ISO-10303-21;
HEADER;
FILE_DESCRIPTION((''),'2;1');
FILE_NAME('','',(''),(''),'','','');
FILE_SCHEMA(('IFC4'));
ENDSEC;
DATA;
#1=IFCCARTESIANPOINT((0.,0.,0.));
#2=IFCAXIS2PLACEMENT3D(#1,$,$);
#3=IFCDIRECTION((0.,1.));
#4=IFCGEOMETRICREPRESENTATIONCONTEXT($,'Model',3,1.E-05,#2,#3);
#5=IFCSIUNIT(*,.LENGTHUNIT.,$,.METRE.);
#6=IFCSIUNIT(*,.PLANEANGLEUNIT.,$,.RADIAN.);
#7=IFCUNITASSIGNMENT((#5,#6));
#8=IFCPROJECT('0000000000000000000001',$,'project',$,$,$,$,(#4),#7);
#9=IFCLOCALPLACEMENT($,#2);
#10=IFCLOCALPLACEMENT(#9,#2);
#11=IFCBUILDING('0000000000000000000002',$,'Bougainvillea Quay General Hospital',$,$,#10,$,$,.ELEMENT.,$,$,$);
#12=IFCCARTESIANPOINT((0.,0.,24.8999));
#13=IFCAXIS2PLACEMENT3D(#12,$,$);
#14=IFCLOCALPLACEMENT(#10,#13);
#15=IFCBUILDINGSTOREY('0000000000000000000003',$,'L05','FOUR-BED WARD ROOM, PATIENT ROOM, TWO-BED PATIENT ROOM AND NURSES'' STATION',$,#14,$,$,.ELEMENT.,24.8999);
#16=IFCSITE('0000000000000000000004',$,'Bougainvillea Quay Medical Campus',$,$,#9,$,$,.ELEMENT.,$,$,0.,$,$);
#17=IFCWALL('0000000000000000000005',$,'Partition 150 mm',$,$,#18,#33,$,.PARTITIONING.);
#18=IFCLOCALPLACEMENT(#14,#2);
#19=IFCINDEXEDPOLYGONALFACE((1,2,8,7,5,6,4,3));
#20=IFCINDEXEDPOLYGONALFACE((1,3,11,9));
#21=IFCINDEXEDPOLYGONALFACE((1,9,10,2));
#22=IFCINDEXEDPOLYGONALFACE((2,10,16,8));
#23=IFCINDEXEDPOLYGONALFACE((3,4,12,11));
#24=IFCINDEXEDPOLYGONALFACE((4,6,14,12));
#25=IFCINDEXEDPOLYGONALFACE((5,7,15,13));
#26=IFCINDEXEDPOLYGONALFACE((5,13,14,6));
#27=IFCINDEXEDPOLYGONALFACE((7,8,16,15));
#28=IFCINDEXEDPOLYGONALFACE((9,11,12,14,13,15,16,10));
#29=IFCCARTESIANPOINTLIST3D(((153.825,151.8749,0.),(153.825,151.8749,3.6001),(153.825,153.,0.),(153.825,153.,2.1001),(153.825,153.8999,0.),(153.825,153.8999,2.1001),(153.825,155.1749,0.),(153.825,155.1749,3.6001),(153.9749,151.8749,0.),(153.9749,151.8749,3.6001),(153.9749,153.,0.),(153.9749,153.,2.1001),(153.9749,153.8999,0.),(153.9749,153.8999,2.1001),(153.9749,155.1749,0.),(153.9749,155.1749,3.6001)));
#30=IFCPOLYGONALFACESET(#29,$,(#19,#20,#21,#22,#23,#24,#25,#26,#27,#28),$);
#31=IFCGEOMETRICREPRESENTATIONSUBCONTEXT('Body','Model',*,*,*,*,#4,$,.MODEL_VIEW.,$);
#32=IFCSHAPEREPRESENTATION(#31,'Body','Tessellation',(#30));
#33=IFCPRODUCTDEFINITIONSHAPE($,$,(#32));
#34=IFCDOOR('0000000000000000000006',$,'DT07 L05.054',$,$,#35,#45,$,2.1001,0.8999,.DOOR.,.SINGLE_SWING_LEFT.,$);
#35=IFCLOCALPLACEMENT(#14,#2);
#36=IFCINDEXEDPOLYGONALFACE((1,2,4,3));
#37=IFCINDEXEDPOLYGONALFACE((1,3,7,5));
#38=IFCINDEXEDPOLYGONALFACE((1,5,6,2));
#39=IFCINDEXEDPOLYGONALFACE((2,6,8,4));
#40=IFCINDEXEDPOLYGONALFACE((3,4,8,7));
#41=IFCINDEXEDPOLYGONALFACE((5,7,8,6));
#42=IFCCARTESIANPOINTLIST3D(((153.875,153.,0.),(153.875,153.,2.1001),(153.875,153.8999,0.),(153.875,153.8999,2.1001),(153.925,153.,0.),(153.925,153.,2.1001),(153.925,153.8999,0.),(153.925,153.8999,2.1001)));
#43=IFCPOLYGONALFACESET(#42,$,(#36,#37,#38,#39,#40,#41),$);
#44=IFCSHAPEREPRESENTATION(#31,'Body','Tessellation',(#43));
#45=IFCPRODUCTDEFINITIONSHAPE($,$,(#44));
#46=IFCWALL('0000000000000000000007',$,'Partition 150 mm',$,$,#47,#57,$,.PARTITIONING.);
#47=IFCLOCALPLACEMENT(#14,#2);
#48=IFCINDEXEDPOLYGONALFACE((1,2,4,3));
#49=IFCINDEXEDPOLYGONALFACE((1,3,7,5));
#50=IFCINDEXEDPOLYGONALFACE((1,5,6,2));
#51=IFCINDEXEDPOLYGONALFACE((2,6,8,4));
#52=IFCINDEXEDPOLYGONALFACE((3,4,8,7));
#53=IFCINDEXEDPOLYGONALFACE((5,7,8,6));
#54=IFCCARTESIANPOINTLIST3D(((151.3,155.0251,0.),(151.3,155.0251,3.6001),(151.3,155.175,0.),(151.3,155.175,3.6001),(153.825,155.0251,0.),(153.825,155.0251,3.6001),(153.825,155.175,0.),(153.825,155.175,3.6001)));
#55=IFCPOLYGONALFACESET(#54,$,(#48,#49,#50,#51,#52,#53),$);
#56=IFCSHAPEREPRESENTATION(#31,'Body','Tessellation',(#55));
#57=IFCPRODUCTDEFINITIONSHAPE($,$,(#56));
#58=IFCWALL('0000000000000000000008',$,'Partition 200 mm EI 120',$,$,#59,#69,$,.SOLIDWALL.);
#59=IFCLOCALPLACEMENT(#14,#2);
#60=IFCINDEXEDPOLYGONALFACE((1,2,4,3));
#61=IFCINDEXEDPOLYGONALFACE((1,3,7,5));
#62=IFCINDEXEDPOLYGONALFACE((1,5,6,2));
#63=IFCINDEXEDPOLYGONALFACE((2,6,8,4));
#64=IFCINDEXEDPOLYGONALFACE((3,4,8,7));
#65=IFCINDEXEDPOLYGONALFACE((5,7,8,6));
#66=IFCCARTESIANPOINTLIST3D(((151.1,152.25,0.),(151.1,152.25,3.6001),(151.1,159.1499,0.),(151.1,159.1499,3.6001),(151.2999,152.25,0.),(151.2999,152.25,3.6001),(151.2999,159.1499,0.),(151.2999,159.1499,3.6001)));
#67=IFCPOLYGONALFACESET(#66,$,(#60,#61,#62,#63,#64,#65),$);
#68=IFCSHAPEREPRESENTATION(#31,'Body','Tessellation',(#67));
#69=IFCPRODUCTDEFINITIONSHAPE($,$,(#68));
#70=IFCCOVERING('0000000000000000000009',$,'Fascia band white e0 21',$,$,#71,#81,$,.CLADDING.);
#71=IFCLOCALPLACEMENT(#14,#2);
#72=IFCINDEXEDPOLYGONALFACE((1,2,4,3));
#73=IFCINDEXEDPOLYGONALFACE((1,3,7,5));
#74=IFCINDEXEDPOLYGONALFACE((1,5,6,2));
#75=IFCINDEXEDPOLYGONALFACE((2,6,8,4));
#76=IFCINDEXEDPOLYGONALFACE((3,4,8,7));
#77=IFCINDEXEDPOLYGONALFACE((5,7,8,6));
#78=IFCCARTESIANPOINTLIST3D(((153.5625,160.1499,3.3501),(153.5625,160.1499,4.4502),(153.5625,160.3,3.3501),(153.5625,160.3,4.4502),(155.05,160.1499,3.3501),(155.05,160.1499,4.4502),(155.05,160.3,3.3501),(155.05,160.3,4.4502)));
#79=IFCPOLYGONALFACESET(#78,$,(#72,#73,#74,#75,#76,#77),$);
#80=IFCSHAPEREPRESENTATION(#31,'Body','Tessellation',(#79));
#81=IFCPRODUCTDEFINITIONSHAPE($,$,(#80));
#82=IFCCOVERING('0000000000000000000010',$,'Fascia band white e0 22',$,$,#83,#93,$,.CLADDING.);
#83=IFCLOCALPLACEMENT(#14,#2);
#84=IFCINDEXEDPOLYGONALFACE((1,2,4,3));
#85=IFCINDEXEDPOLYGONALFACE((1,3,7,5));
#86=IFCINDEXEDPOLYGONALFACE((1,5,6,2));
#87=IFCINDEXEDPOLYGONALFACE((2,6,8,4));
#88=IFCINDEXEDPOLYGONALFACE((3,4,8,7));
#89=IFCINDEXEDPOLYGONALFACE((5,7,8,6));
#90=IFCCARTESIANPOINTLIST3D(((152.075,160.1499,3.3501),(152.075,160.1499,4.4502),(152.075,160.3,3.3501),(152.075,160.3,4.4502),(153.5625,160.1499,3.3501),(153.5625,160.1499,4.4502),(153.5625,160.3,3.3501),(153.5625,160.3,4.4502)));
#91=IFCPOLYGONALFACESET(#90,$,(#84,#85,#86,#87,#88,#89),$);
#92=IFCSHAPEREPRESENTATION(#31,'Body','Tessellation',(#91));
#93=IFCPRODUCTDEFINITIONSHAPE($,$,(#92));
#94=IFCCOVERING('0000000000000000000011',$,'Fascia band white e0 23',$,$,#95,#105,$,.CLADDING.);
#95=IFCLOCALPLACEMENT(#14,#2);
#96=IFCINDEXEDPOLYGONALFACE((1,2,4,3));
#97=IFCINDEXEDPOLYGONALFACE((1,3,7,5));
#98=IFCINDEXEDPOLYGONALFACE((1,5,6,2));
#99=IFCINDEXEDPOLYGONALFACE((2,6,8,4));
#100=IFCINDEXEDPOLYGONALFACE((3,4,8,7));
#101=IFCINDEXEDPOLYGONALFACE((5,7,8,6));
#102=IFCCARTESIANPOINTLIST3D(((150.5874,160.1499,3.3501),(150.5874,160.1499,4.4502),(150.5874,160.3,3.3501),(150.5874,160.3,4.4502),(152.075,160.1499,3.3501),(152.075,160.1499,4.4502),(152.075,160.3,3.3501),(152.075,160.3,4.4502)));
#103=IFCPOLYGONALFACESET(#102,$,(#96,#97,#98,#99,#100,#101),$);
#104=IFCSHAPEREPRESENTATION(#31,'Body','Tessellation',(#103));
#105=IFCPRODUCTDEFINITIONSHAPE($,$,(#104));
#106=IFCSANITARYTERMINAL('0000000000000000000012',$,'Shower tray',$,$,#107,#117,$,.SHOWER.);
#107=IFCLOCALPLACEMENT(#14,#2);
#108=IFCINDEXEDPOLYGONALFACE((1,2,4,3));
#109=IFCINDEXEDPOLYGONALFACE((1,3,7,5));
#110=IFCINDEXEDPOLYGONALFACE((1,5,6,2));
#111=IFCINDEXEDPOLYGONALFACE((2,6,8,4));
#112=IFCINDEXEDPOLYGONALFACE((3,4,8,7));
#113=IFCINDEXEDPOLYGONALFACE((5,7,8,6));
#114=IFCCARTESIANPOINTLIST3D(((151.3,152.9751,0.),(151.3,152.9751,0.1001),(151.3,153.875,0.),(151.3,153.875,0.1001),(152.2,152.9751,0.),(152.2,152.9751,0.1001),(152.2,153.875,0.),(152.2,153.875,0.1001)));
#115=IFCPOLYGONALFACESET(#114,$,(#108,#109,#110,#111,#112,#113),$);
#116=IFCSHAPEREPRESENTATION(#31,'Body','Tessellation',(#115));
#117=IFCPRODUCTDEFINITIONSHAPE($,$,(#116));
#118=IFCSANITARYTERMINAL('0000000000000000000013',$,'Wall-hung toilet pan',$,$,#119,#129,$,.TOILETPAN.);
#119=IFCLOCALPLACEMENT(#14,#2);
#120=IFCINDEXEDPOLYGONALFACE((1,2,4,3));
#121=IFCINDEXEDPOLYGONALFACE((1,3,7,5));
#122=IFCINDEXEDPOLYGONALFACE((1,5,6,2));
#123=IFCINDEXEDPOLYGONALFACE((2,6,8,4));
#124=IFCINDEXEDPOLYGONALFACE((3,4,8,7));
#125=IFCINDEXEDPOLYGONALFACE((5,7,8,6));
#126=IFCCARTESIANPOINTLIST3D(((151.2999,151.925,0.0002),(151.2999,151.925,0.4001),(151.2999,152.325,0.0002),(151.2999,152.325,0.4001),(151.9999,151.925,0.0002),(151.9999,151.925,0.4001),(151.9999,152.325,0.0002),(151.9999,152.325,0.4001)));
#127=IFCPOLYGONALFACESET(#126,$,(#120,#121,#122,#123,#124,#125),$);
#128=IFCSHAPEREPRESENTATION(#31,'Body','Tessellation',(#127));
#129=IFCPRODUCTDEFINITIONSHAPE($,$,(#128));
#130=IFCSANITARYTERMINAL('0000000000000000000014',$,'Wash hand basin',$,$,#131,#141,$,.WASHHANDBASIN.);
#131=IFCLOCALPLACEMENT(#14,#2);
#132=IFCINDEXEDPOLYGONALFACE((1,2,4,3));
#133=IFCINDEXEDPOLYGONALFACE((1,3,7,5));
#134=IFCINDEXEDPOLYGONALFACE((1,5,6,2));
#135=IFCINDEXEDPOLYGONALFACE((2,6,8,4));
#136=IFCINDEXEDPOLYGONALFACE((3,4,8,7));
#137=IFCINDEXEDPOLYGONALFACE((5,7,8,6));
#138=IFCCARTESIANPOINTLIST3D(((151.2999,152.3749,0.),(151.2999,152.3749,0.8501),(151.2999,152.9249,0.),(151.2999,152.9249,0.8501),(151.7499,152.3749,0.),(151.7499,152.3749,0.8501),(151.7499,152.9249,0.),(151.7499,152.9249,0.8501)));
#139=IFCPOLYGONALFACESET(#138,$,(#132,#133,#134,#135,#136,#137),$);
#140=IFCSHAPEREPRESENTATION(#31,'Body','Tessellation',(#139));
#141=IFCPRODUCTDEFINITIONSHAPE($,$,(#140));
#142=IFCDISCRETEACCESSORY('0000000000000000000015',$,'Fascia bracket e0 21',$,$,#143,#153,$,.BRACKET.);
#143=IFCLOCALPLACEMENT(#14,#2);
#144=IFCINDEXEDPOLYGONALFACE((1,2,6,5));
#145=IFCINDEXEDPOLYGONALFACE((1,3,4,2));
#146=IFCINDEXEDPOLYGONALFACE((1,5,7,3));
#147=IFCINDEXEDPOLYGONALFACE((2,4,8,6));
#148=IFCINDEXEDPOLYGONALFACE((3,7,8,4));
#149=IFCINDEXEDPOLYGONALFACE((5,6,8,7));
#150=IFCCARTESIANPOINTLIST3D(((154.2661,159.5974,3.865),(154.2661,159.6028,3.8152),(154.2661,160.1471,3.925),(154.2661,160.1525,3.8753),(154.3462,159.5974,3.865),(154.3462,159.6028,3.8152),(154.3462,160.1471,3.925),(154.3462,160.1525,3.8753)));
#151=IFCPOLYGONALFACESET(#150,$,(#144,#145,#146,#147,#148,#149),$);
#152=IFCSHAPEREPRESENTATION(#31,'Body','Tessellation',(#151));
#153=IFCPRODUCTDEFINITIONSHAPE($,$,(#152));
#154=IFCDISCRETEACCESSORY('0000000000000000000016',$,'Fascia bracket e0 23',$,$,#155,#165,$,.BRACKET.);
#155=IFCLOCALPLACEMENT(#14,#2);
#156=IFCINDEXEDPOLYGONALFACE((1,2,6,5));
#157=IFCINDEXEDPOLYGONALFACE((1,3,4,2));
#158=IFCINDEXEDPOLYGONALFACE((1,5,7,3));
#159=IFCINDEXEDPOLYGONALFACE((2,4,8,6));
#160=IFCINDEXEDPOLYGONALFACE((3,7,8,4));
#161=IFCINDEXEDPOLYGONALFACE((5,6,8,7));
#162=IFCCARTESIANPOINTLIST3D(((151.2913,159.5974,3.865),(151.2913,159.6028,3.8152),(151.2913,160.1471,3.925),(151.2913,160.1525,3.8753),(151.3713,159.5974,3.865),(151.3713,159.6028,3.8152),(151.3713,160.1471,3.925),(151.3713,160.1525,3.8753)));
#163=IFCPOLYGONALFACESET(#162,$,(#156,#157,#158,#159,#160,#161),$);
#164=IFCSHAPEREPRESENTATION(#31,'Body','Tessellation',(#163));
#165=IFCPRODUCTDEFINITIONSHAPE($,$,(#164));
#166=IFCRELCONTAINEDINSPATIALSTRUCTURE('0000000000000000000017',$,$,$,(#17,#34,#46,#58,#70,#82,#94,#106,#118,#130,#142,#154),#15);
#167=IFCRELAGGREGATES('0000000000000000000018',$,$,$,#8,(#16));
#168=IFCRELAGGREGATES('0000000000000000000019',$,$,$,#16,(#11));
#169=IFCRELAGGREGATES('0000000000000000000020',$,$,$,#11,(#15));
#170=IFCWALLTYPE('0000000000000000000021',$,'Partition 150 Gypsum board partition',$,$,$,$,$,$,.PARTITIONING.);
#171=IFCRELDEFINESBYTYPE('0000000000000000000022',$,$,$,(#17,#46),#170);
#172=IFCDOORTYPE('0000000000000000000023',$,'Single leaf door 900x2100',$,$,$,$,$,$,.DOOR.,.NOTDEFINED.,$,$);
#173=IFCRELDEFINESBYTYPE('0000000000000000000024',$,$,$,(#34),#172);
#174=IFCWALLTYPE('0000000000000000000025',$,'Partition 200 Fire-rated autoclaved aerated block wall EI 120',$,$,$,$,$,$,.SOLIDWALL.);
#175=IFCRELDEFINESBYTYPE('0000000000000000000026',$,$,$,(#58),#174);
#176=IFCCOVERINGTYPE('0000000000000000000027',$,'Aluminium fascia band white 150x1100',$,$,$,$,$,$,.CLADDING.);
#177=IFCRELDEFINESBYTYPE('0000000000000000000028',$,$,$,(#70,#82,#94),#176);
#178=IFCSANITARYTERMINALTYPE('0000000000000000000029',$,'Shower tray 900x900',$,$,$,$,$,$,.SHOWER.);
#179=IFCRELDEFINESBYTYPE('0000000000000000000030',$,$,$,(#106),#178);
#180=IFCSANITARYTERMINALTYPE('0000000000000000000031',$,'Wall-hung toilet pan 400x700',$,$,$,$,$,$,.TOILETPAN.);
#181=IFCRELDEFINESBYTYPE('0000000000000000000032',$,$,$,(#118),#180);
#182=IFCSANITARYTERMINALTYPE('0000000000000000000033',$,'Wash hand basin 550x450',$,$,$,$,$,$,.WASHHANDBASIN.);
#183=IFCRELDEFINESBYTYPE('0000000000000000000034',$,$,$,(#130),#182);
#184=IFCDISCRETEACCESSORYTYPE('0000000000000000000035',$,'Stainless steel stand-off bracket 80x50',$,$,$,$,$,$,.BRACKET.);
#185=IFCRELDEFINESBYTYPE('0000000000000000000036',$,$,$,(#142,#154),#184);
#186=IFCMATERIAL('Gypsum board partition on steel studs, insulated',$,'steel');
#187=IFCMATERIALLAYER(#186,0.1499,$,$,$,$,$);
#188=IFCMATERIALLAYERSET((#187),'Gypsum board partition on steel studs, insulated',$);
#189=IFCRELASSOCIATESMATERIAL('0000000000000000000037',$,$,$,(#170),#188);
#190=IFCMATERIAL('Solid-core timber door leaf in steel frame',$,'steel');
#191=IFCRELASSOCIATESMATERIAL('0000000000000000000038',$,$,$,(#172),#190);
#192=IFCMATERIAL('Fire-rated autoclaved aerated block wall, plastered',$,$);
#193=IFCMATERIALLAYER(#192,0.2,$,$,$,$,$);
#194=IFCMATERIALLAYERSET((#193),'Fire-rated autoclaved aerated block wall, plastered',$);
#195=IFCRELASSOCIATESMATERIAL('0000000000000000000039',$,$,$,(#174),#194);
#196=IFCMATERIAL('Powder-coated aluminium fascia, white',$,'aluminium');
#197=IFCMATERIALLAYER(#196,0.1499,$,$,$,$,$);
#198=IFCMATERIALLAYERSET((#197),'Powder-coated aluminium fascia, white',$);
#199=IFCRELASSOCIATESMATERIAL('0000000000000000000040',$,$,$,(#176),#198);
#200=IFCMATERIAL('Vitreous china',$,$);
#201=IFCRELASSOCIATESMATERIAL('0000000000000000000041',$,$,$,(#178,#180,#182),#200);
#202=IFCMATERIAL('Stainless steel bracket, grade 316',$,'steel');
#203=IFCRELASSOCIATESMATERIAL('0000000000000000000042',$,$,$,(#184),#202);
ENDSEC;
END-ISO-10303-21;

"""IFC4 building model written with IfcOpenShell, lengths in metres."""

from ifc_helpers import new_model, si_unit, direction, frame, frame_2d, origin, origin_2d, place, context, subcontext, project, spatial, polyline, rectangle, outline, extrude, material, layer, layer_set, material_profile, profile_set, type_object, element, fill, save


model = new_model("IFC4")

# Units and contexts
model_context = context("Model", 3, precision=1e-05, world=origin(), true_north=direction((0.0, 1.0)))
body_context = subcontext(model_context, "Body", "Model", "MODEL_VIEW")
ifc_project = project(units=[si_unit("LENGTHUNIT", "METRE"), si_unit("PLANEANGLEUNIT", "RADIAN")], contexts=[model_context])

# Site, building, storey
site_placement = place(None, origin())
site = spatial("IfcSite", under=ifc_project, at=site_placement, Name="Bougainvillea Quay Medical Campus", CompositionType="ELEMENT", RefElevation=0.0)
building_placement = place(site_placement, origin())
building = spatial("IfcBuilding", under=site, at=building_placement, Name="Bougainvillea Quay General Hospital", CompositionType="ELEMENT")
storey_placement = place(building_placement, frame((0.0, 0.0, 24.8999)))
storey = spatial("IfcBuildingStorey", under=building, at=storey_placement, Name="L05", Description="FOUR-BED WARD ROOM, PATIENT ROOM, TWO-BED PATIENT ROOM AND NURSES' STATION", CompositionType="ELEMENT", Elevation=24.8999)

# Wall, opening, door
ifc_material_1 = material(Name="Gypsum board partition on steel studs, insulated", Category="steel")
ifc_layer_1 = layer(ifc_material_1, 0.1499)
ifc_layer_set_1 = layer_set([ifc_layer_1], Name="Gypsum board partition on steel studs, insulated")
wall_type_1 = type_object("IfcWallType", Name="Partition 150 Gypsum board partition", PredefinedType="PARTITIONING", material=ifc_layer_set_1)
wall_1_placement = place(storey_placement, frame((153.8999, 151.875, 0.0), z_axis=(0.0, 0.0, 1.0), x_axis=(0.0, 1.0, 0.0)))
wall_1 = element("IfcWall", 1, at=wall_1_placement, inside=storey, type_object=wall_type_1, Name="Partition 150 mm", PredefinedType="PARTITIONING", context=body_context, shape_type="SweptSolid", body=[
    extrude(rectangle(XDim=3.3, YDim=0.1499, at=frame_2d((1.6499, 0.0))), origin(), (0.0, 0.0, 1.0), 3.6001),
])
opening_placement = place(wall_1_placement, frame((1.125, 0.0, 0.0)))
opening = element("IfcOpeningElement", 2, at=opening_placement, cuts=wall_1, PredefinedType="OPENING", context=body_context, shape_type="SweptSolid", body=[
    extrude(rectangle(XDim=0.8999, YDim=2.1001, at=frame_2d((0.45, 1.05))), frame((0.0, 0.085, 0.0), z_axis=(0.0, -1.0, 0.0), x_axis=(1.0, 0.0, 0.0)), (0.0, 0.0, 1.0), 0.1699),
])
ifc_material_2 = material(Name="Solid-core timber door leaf in steel frame", Category="steel")
door_type = type_object("IfcDoorType", Name="Single leaf door 900x2100", OperationType="NOTDEFINED", PredefinedType="DOOR", material=ifc_material_2)
door_placement = place(opening_placement, origin())
door = element("IfcDoor", 3, at=door_placement, inside=storey, type_object=door_type, Name="DT07 L05.054", OperationType="SINGLE_SWING_LEFT", OverallHeight=2.1001, OverallWidth=0.8999, PredefinedType="DOOR", context=body_context, shape_type="SweptSolid", body=[
    extrude(rectangle(XDim=0.8999, YDim=2.1001, at=frame_2d((0.45, 1.05))), frame((0.0, 0.0249, 0.0), z_axis=(0.0, -1.0, 0.0), x_axis=(1.0, 0.0, 0.0)), (0.0, 0.0, 1.0), 0.05),
])
fill(opening, door)

# Walls
wall_2_placement = place(storey_placement, frame((151.3, 155.1001, 0.0), z_axis=(0.0, 0.0, 1.0), x_axis=(1.0, 0.0, 0.0)))
element("IfcWall", 4, at=wall_2_placement, inside=storey, type_object=wall_type_1, Name="Partition 150 mm", PredefinedType="PARTITIONING", context=body_context, shape_type="SweptSolid", body=[
    extrude(rectangle(XDim=2.5249, YDim=0.1499, at=frame_2d((1.2625, 0.0))), origin(), (0.0, 0.0, 1.0), 3.6001),
])
ifc_material_3 = material(Name="Fire-rated autoclaved aerated block wall, plastered")
ifc_layer_2 = layer(ifc_material_3, 0.2)
ifc_layer_set_2 = layer_set([ifc_layer_2], Name="Fire-rated autoclaved aerated block wall, plastered")
wall_type_2 = type_object("IfcWallType", Name="Partition 200 Fire-rated autoclaved aerated block wall EI 120", PredefinedType="SOLIDWALL", material=ifc_layer_set_2)
wall_3_placement = place(storey_placement, frame((151.2, 159.1499, 0.0), z_axis=(0.0, 0.0, 1.0), x_axis=(0.0, -1.0, 0.0)))
element("IfcWall", 5, at=wall_3_placement, inside=storey, type_object=wall_type_2, Name="Partition 200 mm EI 120", PredefinedType="SOLIDWALL", context=body_context, shape_type="SweptSolid", body=[
    extrude(rectangle(XDim=6.8999, YDim=0.2, at=frame_2d((3.45, 0.0))), origin(), (0.0, 0.0, 1.0), 3.6001),
])

# Coverings
ifc_material_4 = material(Name="Powder-coated aluminium fascia, white", Category="aluminium")
ifc_layer_3 = layer(ifc_material_4, 0.1499)
ifc_layer_set_3 = layer_set([ifc_layer_3], Name="Powder-coated aluminium fascia, white")
covering_type = type_object("IfcCoveringType", Name="Aluminium fascia band white 150x1100", PredefinedType="CLADDING", material=ifc_layer_set_3)
for number, where, z_axis, x_axis, name in (
    (6, (155.05, 160.1499, 3.3501), (0.0, 0.0, 1.0), (-1.0, 0.0, 0.0), "Fascia band white e0 21"),
    (7, (153.5625, 160.1499, 3.3501), (0.0, 0.0, 1.0), (-1.0, 0.0, 0.0), "Fascia band white e0 22"),
    (8, (152.075, 160.1499, 3.3501), (0.0, 0.0, 1.0), (-1.0, 0.0, 0.0), "Fascia band white e0 23"),
):
    element("IfcCovering", number, at=place(storey_placement, frame(where, z_axis=z_axis, x_axis=x_axis)), inside=storey, type_object=covering_type, Name=name, PredefinedType="CLADDING", context=body_context, shape_type="SweptSolid", body=[
        extrude(outline(polyline([(0.0, 0.0), (1.4875, 0.0), (1.4875, -0.1501), (0.0, -0.1501), (0.0, 0.0)])), origin(), (0.0, 0.0, 1.0), 1.1001),
    ])

# Sanitary terminals
ifc_material_5 = material(Name="Vitreous china")
sanitary_terminal_type_1 = type_object("IfcSanitaryTerminalType", Name="Shower tray 900x900", PredefinedType="SHOWER", material=ifc_material_5)
sanitary_terminal_1_placement = place(storey_placement, frame((151.75, 153.425, 0.0), z_axis=(0.0, 0.0, 1.0), x_axis=(0.0, 1.0, 0.0)))
element("IfcSanitaryTerminal", 9, at=sanitary_terminal_1_placement, inside=storey, type_object=sanitary_terminal_type_1, Name="Shower tray", PredefinedType="SHOWER", context=body_context, shape_type="SweptSolid", body=[
    extrude(rectangle(XDim=0.8999, YDim=0.8999, at=origin_2d()), origin(), (0.0, 0.0, 1.0), 0.1001),
])
sanitary_terminal_type_2 = type_object("IfcSanitaryTerminalType", Name="Wall-hung toilet pan 400x700", PredefinedType="TOILETPAN", material=ifc_material_5)
sanitary_terminal_2_placement = place(storey_placement, frame((151.6499, 152.125, 0.0002), z_axis=(0.0, 0.0, 1.0), x_axis=(0.0, 1.0, 0.0)))
element("IfcSanitaryTerminal", 10, at=sanitary_terminal_2_placement, inside=storey, type_object=sanitary_terminal_type_2, Name="Wall-hung toilet pan", PredefinedType="TOILETPAN", context=body_context, shape_type="SweptSolid", body=[
    extrude(rectangle(XDim=0.3999, YDim=0.7, at=origin_2d()), origin(), (0.0, 0.0, 1.0), 0.3999),
])
sanitary_terminal_type_3 = type_object("IfcSanitaryTerminalType", Name="Wash hand basin 550x450", PredefinedType="WASHHANDBASIN", material=ifc_material_5)
sanitary_terminal_3_placement = place(storey_placement, frame((151.5249, 152.6499, 0.0), z_axis=(0.0, 0.0, 1.0), x_axis=(0.0, 1.0, 0.0)))
element("IfcSanitaryTerminal", 11, at=sanitary_terminal_3_placement, inside=storey, type_object=sanitary_terminal_type_3, Name="Wash hand basin", PredefinedType="WASHHANDBASIN", context=body_context, shape_type="SweptSolid", body=[
    extrude(rectangle(XDim=0.55, YDim=0.45, at=origin_2d()), origin(), (0.0, 0.0, 1.0), 0.8501),
])

# Discrete accessories
ifc_material_6 = material(Name="Stainless steel bracket, grade 316", Category="steel")
ifc_material_profile_1 = material_profile(ifc_material_6, rectangle(XDim=0.0801, YDim=0.05, at=origin_2d()))
ifc_profile_set_1 = profile_set([ifc_material_profile_1], Name="Stainless steel bracket, grade 316")
discrete_accessory_type = type_object("IfcDiscreteAccessoryType", Name="Stainless steel stand-off bracket 80x50", PredefinedType="BRACKET", material=ifc_profile_set_1)
for number, where, z_axis, x_axis, name in (
    (12, (154.3062, 159.6001, 3.8401), (0.0, 0.994087, 0.10859), (-1.0, 0.0, 0.0), "Fascia bracket e0 21"),
    (13, (151.3313, 159.6001, 3.8401), (0.0, 0.994087, 0.10859), (-1.0, 0.0, 0.0), "Fascia bracket e0 23"),
):
    element("IfcDiscreteAccessory", number, at=place(storey_placement, frame(where, z_axis=z_axis, x_axis=x_axis)), inside=storey, type_object=discrete_accessory_type, Name=name, PredefinedType="BRACKET", context=body_context, shape_type="SweptSolid", body=[
        extrude(rectangle(XDim=0.0801, YDim=0.05, at=origin_2d()), origin(), (0.0, 0.0, 1.0), 0.553),
    ])

save(model, "model.ifc")
